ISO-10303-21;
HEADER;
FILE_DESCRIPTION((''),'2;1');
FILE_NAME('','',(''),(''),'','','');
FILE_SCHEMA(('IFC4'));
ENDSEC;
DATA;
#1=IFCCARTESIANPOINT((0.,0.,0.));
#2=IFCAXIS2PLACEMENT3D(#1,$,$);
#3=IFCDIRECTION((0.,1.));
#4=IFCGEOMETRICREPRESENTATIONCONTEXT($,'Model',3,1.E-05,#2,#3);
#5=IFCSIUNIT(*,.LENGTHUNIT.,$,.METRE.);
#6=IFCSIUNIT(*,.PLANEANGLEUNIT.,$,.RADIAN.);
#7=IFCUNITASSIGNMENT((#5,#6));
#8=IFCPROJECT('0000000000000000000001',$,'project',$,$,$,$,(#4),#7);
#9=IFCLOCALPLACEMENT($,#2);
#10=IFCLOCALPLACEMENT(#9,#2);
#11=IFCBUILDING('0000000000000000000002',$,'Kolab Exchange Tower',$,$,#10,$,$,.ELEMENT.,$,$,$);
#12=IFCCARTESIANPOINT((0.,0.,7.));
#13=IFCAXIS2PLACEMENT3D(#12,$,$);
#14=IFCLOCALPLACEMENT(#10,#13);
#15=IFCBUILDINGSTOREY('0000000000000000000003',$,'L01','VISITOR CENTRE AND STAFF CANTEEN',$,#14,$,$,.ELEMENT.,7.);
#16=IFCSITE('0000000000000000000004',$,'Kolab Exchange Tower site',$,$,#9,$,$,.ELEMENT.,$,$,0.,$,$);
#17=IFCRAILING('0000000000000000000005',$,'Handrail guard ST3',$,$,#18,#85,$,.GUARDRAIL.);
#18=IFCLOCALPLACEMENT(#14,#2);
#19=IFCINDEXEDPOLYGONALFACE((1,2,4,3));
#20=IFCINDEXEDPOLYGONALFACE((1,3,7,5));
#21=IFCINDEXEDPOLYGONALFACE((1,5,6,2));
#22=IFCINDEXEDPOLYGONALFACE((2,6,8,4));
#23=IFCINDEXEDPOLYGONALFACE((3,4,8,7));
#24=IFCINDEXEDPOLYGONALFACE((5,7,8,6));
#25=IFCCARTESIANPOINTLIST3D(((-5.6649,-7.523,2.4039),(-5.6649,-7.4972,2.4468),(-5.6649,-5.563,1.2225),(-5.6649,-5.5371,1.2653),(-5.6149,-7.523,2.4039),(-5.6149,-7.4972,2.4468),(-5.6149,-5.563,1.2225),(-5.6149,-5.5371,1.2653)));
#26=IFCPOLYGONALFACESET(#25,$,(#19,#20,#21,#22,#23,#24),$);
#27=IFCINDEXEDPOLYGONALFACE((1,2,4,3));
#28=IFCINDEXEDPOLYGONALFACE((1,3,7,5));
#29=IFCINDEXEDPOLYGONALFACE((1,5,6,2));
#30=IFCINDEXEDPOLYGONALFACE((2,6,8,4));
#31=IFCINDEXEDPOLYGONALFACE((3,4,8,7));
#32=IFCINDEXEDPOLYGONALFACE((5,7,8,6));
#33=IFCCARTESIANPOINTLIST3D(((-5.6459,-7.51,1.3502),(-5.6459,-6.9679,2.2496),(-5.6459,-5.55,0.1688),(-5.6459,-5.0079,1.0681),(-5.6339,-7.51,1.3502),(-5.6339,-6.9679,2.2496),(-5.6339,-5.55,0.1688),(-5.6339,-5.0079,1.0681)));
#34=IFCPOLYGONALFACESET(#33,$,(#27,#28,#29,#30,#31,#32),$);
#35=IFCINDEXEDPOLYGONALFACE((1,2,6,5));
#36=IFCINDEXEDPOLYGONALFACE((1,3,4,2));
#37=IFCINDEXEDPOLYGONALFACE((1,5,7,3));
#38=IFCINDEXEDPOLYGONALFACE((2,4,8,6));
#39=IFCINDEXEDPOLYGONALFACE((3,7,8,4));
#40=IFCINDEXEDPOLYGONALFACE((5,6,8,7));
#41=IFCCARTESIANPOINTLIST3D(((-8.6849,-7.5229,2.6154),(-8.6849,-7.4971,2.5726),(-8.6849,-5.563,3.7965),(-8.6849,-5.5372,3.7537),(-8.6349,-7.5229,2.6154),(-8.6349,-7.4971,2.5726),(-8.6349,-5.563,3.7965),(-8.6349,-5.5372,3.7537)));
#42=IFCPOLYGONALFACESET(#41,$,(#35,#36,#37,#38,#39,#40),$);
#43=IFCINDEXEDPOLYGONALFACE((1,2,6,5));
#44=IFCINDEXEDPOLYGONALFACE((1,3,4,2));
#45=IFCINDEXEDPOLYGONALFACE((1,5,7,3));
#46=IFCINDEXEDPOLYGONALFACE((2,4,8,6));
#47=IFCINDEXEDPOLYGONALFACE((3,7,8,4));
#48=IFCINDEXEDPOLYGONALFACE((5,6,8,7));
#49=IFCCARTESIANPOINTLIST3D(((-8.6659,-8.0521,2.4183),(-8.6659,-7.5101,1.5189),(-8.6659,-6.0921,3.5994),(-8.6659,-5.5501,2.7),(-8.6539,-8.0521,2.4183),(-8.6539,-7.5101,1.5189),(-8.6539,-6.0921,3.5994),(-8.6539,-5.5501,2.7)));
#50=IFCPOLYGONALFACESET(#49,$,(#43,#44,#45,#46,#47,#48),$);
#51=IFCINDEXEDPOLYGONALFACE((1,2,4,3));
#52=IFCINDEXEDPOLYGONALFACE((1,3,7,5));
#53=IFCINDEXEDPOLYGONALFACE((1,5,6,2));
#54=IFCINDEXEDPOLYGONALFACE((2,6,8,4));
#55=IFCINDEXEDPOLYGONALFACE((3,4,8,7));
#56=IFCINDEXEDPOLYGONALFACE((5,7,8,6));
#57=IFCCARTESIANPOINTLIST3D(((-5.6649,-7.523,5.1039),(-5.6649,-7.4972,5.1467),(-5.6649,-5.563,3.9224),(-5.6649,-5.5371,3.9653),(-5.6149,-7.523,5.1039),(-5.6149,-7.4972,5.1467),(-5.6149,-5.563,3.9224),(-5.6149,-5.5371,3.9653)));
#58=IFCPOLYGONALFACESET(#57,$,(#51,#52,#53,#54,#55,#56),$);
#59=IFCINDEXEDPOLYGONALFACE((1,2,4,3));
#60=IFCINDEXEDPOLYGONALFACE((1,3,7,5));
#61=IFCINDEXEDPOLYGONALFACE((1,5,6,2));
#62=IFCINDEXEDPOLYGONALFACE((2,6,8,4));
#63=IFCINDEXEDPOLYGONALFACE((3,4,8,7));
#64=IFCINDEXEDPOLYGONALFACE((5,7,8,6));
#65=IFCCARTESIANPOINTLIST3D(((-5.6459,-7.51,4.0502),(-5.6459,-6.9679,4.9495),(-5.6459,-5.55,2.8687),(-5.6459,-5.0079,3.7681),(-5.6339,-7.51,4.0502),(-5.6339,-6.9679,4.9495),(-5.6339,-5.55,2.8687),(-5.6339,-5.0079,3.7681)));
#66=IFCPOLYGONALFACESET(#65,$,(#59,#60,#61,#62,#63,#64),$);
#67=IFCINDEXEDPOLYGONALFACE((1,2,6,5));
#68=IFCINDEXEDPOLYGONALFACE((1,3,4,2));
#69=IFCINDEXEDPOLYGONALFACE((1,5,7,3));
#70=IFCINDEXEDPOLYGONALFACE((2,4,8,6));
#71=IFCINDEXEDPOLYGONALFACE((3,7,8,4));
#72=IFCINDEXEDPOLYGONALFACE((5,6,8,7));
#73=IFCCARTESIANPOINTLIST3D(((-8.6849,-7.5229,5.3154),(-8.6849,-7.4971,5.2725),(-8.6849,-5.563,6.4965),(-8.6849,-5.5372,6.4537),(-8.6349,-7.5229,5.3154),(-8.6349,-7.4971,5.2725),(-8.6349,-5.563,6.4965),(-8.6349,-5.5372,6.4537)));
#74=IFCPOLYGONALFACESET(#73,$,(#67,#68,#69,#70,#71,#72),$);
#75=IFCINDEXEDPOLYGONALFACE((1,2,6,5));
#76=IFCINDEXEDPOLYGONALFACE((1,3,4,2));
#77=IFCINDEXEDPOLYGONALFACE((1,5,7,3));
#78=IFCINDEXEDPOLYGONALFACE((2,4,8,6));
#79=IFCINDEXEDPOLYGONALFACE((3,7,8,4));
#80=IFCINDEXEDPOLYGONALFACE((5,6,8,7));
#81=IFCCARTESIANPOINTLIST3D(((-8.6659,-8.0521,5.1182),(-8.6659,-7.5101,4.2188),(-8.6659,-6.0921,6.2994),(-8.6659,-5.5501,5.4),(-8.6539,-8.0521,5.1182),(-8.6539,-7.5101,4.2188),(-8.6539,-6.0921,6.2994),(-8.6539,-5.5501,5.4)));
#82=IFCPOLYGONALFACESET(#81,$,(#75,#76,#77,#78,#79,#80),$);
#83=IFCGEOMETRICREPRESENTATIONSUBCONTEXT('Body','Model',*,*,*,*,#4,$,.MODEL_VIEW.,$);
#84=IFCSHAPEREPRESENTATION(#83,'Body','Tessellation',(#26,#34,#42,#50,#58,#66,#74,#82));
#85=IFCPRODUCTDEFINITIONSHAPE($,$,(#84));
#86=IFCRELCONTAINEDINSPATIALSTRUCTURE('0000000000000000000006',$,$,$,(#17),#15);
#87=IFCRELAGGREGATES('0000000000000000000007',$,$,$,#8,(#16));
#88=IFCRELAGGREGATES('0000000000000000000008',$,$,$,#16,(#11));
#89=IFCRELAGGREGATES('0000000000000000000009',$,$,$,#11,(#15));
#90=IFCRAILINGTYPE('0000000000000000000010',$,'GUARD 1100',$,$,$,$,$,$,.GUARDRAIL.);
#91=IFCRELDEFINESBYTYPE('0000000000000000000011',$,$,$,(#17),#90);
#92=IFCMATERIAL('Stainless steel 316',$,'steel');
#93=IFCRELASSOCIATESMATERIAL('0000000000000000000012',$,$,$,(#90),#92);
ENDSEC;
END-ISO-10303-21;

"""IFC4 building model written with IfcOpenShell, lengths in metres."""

from ifc_helpers import new_model, si_unit, direction, frame, frame_2d, origin, origin_2d, place, context, subcontext, project, spatial, rectangle, extrude, material, type_object, element, save


model = new_model("IFC4")

# Units and contexts
model_context = context("Model", 3, precision=1e-05, world=origin(), true_north=direction((0.0, 1.0)))
body_context = subcontext(model_context, "Body", "Model", "MODEL_VIEW")
ifc_project = project(units=[si_unit("LENGTHUNIT", "METRE"), si_unit("PLANEANGLEUNIT", "RADIAN")], contexts=[model_context])

# Site, building, storey
site_placement = place(None, origin())
site = spatial("IfcSite", under=ifc_project, at=site_placement, Name="Kolab Exchange Tower site", CompositionType="ELEMENT", RefElevation=0.0)
building_placement = place(site_placement, origin())
building = spatial("IfcBuilding", under=site, at=building_placement, Name="Kolab Exchange Tower", CompositionType="ELEMENT")
storey_placement = place(building_placement, frame((0.0, 0.0, 7.0)))
storey = spatial("IfcBuildingStorey", under=building, at=storey_placement, Name="L01", Description="VISITOR CENTRE AND STAFF CANTEEN", CompositionType="ELEMENT", Elevation=7.0)

# Railing
ifc_material_1 = material(Name="Stainless steel 316", Category="steel")
railing_type = type_object("IfcRailingType", Name="GUARD 1100", PredefinedType="GUARDRAIL", material=ifc_material_1)
railing_placement = place(storey_placement, frame((-5.6399, -5.55, 0.1687)))
element("IfcRailing", 1, at=railing_placement, inside=storey, type_object=railing_type, Name="Handrail guard ST3", PredefinedType="GUARDRAIL", context=body_context, shape_type="SweptSolid", body=[
    extrude(rectangle(XDim=0.05, YDim=0.05, at=origin_2d()), frame((0.0, 0.0, 1.0752), z_axis=(0.0, -0.856446, 0.516236), x_axis=(1.0, 0.0, 0.0)), (0.0, 0.0, 1.0), 2.2886),
    extrude(rectangle(XDim=0.012, YDim=1.0501, at=frame_2d((0.0, 0.5251))), frame((0.0, 0.0, 0.0), z_axis=(0.0, -0.856446, 0.516236), x_axis=(1.0, 0.0, 0.0)), (0.0, 0.0, 1.0), 2.2886),
    extrude(rectangle(XDim=0.05, YDim=0.05, at=origin_2d()), frame((-3.02, -1.96, 2.4253), z_axis=(0.0, 0.856493, 0.516158), x_axis=(-1.0, 0.0, 0.0)), (0.0, 0.0, 1.0), 2.2883),
    extrude(rectangle(XDim=0.012, YDim=1.0501, at=frame_2d((0.0, 0.5251))), frame((-3.02, -1.96, 1.3501), z_axis=(0.0, 0.856493, 0.516158), x_axis=(-1.0, 0.0, 0.0)), (0.0, 0.0, 1.0), 2.2883),
    extrude(rectangle(XDim=0.05, YDim=0.05, at=origin_2d()), frame((0.0, 0.0, 3.7751), z_axis=(0.0, -0.856446, 0.516236), x_axis=(1.0, 0.0, 0.0)), (0.0, 0.0, 1.0), 2.2886),
    extrude(rectangle(XDim=0.012, YDim=1.0501, at=frame_2d((0.0, 0.5251))), frame((0.0, 0.0, 2.7), z_axis=(0.0, -0.856446, 0.516236), x_axis=(1.0, 0.0, 0.0)), (0.0, 0.0, 1.0), 2.2886),
    extrude(rectangle(XDim=0.05, YDim=0.05, at=origin_2d()), frame((-3.02, -1.96, 5.1252), z_axis=(0.0, 0.856493, 0.516158), x_axis=(-1.0, 0.0, 0.0)), (0.0, 0.0, 1.0), 2.2883),
    extrude(rectangle(XDim=0.012, YDim=1.0501, at=frame_2d((0.0, 0.5251))), frame((-3.02, -1.96, 4.05), z_axis=(0.0, 0.856493, 0.516158), x_axis=(-1.0, 0.0, 0.0)), (0.0, 0.0, 1.0), 2.2883),
])

save(model, "model.ifc")
